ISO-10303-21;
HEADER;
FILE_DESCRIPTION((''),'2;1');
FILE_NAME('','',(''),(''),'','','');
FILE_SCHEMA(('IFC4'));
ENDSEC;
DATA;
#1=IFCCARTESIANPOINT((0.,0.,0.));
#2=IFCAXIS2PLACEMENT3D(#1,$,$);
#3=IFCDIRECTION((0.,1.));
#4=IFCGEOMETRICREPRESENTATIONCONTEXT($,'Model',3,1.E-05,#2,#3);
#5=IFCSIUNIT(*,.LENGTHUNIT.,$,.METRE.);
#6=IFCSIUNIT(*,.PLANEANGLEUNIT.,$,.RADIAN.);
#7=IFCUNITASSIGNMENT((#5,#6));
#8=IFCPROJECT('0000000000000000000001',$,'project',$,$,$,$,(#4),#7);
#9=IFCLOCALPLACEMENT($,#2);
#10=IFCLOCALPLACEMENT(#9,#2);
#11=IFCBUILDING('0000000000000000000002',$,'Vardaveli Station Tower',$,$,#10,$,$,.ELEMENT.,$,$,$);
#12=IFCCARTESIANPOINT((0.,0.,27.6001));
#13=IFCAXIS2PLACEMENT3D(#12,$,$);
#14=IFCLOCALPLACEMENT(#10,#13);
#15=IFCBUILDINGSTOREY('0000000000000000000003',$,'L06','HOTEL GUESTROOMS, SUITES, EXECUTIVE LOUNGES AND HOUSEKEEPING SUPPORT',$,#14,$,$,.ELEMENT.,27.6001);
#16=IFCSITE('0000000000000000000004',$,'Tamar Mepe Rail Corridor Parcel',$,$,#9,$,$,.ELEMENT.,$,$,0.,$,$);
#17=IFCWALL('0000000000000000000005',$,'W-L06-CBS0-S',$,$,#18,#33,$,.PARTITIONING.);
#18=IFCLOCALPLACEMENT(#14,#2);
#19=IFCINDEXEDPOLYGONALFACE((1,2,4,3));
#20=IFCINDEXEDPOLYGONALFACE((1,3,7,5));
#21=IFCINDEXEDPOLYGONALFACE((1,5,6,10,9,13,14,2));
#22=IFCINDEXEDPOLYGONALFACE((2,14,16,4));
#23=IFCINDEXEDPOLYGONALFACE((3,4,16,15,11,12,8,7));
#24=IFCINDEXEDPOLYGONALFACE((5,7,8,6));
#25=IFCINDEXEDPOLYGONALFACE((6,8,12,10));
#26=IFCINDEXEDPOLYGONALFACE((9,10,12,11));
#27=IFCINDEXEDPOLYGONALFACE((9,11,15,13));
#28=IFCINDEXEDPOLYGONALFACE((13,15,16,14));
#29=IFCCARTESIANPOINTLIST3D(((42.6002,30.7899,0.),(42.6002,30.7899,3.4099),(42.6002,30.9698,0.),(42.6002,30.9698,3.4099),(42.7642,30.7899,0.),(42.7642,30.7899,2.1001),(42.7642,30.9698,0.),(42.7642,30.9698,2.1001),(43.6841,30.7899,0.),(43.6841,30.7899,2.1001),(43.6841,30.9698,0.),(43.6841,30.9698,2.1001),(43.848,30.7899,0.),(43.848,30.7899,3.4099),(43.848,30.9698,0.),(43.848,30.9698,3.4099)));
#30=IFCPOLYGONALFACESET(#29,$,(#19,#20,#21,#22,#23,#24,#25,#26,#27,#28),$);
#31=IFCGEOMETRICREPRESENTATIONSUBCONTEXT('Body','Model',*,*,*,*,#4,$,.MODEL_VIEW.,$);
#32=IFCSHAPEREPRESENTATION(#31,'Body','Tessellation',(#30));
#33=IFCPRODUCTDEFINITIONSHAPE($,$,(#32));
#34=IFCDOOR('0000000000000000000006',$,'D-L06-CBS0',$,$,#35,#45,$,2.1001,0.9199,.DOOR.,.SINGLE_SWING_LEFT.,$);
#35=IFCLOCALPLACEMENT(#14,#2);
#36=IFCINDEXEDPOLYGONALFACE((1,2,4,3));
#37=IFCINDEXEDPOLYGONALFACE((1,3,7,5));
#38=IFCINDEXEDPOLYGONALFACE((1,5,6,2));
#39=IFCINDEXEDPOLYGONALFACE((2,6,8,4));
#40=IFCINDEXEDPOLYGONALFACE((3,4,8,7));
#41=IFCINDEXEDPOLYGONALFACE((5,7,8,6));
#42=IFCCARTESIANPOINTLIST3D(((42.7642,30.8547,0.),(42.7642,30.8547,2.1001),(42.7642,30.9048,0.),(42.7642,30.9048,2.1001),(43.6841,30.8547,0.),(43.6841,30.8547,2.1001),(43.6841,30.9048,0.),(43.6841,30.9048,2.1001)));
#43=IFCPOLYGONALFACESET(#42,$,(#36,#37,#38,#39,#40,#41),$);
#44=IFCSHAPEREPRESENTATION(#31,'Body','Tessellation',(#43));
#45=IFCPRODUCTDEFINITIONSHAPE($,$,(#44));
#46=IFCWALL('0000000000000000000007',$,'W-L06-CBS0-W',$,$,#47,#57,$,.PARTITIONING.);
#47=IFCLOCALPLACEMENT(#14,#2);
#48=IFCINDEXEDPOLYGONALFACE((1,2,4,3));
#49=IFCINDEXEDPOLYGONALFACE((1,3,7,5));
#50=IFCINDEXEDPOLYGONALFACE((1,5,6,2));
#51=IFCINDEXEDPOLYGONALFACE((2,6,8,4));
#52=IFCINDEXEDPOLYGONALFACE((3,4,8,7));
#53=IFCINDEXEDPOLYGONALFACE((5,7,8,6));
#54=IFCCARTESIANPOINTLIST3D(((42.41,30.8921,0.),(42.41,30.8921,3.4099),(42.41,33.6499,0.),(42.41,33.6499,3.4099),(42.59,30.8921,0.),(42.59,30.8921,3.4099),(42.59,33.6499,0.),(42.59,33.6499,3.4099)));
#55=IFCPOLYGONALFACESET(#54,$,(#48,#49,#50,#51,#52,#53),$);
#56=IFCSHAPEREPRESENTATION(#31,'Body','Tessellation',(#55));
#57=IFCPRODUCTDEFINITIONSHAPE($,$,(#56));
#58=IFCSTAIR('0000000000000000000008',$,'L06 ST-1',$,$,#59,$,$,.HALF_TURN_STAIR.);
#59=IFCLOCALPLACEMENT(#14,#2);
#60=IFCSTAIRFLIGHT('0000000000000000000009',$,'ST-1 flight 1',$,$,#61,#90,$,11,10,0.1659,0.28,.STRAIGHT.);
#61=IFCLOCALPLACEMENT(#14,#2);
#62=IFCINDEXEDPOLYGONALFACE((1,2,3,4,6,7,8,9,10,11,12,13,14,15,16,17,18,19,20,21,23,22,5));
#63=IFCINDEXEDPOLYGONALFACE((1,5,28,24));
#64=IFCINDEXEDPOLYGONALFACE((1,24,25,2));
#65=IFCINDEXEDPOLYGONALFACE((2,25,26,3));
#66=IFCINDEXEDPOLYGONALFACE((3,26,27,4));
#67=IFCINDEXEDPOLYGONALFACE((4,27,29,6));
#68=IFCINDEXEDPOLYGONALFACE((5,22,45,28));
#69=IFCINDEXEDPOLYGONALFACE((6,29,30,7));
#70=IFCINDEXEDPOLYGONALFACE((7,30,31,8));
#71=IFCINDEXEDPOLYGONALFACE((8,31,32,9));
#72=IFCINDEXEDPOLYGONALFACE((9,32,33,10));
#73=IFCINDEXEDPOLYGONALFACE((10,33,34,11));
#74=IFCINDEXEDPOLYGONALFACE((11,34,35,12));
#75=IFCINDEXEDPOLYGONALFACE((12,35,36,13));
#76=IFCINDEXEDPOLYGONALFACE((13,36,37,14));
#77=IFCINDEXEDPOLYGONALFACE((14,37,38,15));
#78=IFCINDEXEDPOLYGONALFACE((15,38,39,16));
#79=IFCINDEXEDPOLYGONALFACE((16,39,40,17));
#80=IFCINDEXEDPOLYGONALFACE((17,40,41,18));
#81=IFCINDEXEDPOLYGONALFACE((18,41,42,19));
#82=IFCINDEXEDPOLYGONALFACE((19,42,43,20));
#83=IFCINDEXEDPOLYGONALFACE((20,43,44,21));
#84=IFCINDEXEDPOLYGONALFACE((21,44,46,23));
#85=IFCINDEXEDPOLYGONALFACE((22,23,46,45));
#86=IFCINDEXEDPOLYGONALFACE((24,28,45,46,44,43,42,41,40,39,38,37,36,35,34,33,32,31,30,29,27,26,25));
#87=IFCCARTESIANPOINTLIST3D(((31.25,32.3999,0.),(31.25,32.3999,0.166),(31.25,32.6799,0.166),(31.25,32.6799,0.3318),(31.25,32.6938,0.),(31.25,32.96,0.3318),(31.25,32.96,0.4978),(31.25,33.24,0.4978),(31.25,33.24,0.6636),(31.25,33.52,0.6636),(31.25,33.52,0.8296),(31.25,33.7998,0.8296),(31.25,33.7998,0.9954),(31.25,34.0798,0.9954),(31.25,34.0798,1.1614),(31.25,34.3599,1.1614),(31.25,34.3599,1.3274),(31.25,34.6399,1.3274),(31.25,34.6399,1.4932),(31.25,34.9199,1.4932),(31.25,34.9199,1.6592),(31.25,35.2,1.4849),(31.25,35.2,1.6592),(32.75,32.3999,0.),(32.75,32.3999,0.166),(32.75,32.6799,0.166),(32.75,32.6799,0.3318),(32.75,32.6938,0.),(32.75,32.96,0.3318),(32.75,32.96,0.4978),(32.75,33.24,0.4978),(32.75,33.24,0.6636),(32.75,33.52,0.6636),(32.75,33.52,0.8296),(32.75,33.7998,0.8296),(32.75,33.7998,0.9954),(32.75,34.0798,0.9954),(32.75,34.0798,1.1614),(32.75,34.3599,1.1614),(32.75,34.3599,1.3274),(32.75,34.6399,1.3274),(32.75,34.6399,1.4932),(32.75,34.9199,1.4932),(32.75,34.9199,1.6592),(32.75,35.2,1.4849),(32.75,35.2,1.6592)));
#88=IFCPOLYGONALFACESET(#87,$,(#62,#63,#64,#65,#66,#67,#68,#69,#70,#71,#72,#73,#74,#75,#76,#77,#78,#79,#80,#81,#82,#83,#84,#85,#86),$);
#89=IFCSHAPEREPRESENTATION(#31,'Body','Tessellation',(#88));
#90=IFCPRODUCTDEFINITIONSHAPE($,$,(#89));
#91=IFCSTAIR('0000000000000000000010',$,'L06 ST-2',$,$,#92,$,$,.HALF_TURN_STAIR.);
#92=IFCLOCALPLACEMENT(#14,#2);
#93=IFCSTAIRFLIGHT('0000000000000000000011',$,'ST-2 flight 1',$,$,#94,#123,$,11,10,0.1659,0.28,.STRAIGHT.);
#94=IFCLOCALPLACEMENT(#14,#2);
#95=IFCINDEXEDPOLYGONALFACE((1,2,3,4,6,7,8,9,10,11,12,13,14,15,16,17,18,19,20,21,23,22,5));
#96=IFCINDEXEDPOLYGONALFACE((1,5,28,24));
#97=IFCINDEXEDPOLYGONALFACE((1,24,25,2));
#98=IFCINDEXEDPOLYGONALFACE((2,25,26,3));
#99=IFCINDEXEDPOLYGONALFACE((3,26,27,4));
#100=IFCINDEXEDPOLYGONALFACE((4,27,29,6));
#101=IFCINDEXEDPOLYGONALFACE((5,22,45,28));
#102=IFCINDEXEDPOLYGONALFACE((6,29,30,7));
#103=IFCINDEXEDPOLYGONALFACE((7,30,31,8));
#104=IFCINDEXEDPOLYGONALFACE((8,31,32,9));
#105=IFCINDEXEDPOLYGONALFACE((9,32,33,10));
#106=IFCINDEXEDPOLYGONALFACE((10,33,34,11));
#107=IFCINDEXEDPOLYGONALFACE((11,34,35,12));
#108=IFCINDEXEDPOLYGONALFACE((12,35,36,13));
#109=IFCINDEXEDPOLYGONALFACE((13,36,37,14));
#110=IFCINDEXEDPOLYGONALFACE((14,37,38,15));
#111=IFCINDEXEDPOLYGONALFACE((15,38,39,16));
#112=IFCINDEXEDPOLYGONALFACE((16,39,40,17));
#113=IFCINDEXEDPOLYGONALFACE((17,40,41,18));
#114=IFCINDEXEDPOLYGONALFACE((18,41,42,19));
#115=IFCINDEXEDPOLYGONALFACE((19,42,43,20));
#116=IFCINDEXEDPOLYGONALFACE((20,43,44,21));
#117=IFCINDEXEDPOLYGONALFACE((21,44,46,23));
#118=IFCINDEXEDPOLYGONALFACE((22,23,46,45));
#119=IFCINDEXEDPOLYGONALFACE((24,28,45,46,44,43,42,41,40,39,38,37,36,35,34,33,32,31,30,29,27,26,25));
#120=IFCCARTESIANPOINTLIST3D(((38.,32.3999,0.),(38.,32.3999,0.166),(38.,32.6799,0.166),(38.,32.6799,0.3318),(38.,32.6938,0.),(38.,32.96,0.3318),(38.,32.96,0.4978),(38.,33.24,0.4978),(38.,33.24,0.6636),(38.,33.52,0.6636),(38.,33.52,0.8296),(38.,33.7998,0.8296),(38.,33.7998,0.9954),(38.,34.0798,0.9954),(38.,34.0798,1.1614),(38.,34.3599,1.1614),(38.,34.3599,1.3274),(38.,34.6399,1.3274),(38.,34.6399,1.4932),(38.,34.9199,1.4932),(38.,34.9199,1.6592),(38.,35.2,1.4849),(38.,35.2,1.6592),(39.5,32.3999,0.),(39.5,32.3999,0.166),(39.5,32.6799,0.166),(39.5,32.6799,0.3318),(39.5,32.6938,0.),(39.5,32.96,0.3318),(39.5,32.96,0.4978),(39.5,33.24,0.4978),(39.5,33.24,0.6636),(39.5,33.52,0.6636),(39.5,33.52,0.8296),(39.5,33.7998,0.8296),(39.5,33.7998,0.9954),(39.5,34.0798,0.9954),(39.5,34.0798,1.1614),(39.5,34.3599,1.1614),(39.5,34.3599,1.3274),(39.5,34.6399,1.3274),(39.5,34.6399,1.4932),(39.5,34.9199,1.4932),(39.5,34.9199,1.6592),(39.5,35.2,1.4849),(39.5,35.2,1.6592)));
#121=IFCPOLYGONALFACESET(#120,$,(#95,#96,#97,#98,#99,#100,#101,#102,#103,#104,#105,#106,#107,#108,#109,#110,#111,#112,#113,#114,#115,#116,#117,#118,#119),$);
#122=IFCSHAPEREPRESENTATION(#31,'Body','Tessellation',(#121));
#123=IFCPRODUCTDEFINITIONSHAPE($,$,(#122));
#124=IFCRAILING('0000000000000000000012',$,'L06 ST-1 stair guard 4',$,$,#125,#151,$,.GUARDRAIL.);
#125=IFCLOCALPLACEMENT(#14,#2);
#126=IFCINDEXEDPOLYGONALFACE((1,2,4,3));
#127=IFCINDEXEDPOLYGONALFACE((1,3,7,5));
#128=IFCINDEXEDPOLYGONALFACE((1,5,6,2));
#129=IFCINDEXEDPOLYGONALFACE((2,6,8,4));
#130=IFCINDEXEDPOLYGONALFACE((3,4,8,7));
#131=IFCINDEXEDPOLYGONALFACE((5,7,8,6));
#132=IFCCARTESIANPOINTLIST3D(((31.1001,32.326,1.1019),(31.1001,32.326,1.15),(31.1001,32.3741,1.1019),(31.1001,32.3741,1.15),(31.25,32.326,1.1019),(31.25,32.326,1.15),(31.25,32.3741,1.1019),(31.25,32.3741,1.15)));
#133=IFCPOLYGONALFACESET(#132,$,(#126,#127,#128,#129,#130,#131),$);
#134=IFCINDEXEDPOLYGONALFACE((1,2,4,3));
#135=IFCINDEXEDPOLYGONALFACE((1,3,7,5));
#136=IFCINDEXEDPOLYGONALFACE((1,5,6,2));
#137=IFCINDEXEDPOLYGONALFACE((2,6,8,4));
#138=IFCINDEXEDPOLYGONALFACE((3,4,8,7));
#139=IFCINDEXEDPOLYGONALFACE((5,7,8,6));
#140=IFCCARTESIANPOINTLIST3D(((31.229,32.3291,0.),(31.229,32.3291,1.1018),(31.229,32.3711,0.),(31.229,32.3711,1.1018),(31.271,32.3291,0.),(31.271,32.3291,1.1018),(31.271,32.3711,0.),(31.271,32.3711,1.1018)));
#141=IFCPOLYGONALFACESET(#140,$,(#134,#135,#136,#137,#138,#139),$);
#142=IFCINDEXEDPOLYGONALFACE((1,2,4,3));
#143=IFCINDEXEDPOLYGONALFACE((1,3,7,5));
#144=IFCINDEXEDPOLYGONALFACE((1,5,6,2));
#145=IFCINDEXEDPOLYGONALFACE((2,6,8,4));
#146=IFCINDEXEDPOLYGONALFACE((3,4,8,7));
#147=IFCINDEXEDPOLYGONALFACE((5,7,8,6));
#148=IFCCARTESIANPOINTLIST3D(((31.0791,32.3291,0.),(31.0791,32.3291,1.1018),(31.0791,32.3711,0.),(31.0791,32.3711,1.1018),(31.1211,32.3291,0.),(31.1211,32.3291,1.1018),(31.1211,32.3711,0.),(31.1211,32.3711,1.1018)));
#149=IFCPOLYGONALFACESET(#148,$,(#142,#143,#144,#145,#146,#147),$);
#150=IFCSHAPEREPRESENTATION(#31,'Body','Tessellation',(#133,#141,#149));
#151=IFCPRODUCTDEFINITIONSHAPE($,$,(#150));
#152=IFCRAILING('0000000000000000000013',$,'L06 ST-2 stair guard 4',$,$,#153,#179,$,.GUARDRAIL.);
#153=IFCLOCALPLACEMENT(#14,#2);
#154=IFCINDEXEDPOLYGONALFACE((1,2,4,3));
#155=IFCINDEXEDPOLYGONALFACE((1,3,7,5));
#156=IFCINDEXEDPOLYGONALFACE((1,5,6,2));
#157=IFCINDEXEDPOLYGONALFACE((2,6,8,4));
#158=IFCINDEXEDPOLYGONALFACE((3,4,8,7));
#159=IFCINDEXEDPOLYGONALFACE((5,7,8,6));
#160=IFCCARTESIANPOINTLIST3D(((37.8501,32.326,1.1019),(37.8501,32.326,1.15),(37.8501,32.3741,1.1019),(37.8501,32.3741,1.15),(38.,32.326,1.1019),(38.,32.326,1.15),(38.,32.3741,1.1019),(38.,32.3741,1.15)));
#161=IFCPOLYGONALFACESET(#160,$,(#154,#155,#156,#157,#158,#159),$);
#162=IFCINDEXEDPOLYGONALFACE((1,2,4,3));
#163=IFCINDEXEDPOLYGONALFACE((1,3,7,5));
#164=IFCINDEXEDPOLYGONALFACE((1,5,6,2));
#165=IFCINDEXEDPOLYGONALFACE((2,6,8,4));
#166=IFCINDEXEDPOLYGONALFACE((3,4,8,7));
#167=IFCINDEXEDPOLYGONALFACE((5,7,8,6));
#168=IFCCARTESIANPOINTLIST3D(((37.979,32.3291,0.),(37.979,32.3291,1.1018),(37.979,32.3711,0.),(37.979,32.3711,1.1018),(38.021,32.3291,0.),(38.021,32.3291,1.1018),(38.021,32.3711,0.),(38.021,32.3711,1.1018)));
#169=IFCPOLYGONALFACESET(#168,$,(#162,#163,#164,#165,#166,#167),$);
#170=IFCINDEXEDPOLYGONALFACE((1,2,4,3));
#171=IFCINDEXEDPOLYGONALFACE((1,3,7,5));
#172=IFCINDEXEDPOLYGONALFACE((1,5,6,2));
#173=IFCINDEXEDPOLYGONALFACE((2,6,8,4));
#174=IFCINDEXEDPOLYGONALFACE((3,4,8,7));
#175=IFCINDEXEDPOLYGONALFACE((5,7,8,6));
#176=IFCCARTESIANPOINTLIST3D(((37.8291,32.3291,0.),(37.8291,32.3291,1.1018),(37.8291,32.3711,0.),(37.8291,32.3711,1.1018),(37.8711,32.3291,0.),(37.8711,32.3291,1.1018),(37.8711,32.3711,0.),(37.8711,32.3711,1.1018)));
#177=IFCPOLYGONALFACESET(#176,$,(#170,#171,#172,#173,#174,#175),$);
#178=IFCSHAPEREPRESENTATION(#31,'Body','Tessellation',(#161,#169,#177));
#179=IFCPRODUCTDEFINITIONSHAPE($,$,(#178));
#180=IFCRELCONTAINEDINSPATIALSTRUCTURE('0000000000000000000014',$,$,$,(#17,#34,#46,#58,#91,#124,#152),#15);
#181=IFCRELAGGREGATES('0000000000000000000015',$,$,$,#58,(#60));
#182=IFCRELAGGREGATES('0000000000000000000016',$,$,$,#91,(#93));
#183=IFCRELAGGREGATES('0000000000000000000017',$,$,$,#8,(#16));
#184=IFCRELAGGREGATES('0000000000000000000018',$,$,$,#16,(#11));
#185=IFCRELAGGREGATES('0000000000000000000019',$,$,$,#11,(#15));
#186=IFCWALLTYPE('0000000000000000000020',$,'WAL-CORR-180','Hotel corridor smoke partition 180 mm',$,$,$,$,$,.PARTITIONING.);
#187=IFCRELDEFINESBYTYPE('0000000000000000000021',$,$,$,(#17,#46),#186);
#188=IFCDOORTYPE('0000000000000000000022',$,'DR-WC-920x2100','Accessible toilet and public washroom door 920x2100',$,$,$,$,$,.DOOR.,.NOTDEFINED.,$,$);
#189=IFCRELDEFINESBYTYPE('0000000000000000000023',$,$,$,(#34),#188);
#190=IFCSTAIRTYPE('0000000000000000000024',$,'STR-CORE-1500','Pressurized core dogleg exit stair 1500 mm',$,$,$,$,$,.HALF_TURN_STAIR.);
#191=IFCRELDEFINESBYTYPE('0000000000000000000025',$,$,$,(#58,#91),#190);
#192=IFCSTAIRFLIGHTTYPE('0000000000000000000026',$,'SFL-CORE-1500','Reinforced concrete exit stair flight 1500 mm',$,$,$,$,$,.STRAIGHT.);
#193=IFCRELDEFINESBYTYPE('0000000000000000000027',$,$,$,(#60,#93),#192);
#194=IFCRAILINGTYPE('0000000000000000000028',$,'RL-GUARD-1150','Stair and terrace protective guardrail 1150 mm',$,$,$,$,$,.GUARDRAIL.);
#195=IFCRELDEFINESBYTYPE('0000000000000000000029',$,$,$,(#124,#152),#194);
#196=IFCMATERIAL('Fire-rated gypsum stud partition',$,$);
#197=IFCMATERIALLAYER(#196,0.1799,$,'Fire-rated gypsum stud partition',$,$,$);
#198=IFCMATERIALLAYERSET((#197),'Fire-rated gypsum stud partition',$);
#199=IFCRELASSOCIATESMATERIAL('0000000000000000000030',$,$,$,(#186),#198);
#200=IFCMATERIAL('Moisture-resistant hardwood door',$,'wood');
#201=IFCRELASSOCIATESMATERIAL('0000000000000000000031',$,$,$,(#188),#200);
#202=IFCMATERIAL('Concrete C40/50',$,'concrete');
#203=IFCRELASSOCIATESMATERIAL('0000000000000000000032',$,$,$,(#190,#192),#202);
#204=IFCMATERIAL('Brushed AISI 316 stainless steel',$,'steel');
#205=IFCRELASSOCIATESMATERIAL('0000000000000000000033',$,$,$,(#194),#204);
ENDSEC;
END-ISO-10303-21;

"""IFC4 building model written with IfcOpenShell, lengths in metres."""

from ifc_helpers import new_model, si_unit, direction, frame, frame_2d, origin, origin_2d, place, context, subcontext, project, spatial, polyline, rectangle, outline, extrude, source, transform, mapped, material, layer, layer_set, type_object, element, fill, aggregate, save


model = new_model("IFC4")

# Units and contexts
model_context = context("Model", 3, precision=1e-05, world=origin(), true_north=direction((0.0, 1.0)))
body_context = subcontext(model_context, "Body", "Model", "MODEL_VIEW")
ifc_project = project(units=[si_unit("LENGTHUNIT", "METRE"), si_unit("PLANEANGLEUNIT", "RADIAN")], contexts=[model_context])

# Site, building, storey
site_placement = place(None, origin())
site = spatial("IfcSite", under=ifc_project, at=site_placement, Name="Tamar Mepe Rail Corridor Parcel", CompositionType="ELEMENT", RefElevation=0.0)
building_placement = place(site_placement, origin())
building = spatial("IfcBuilding", under=site, at=building_placement, Name="Vardaveli Station Tower", CompositionType="ELEMENT")
storey_placement = place(building_placement, frame((0.0, 0.0, 27.6001)))
storey = spatial("IfcBuildingStorey", under=building, at=storey_placement, Name="L06", Description="HOTEL GUESTROOMS, SUITES, EXECUTIVE LOUNGES AND HOUSEKEEPING SUPPORT", CompositionType="ELEMENT", Elevation=27.6001)

# Shared definitions
ifc_material_1 = material(Name="Concrete C40/50", Category="concrete")

# Wall, opening, door
ifc_material_2 = material(Name="Fire-rated gypsum stud partition")
ifc_layer_1 = layer(ifc_material_2, 0.1799, Name="Fire-rated gypsum stud partition")
ifc_layer_set_1 = layer_set([ifc_layer_1], Name="Fire-rated gypsum stud partition")
wall_type_1 = type_object("IfcWallType", Name="WAL-CORR-180", Description="Hotel corridor smoke partition 180 mm", PredefinedType="PARTITIONING", material=ifc_layer_set_1)
ifc_material_3 = material(Name="Moisture-resistant hardwood door", Category="wood")
door_type_1 = type_object("IfcDoorType", Name="DR-WC-920x2100", Description="Accessible toilet and public washroom door 920x2100", OperationType="NOTDEFINED", PredefinedType="DOOR", material=ifc_material_3)
shared_shape_1 = source(origin(), body_context, "Body", "SweptSolid", [
    extrude(rectangle(XDim=0.9199, YDim=2.1001, at=frame_2d((0.46, 1.05))), frame((0.0, 0.0249, 0.0), z_axis=(0.0, -1.0, 0.0), x_axis=(1.0, 0.0, 0.0)), (0.0, 0.0, 1.0), 0.05),
])
shared_shape_2 = source(origin(), body_context, "Body", "SweptSolid", [
    extrude(rectangle(XDim=1.2478, YDim=0.1799, at=frame_2d((0.624, 0.0))), origin(), (0.0, 0.0, 1.0), 3.4099),
])
wall_1_placement = place(storey_placement, frame((42.6001, 30.8799, 0.0), z_axis=(0.0, 0.0, 1.0), x_axis=(1.0, 0.0, 0.0)))
wall_1 = element("IfcWall", 1, at=wall_1_placement, inside=storey, type_object=wall_type_1, Name="W-L06-CBS0-S", PredefinedType="PARTITIONING", context=body_context, shape_type="MappedRepresentation", body=[
    mapped(shared_shape_2, transform((0.0, 0.0, 0.0), scale=1.0)),
])
shared_shape_3 = source(origin(), body_context, "Body", "SweptSolid", [
    extrude(rectangle(XDim=0.9199, YDim=2.1001, at=frame_2d((0.46, 1.05))), frame((0.0, 0.1001, 0.0), z_axis=(0.0, -1.0, 0.0), x_axis=(1.0, 0.0, 0.0)), (0.0, 0.0, 1.0), 0.2),
])
opening_1_placement = place(wall_1_placement, frame((0.1641, 0.0, 0.0)))
opening_1 = element("IfcOpeningElement", 2, at=opening_1_placement, cuts=wall_1, PredefinedType="OPENING", context=body_context, shape_type="MappedRepresentation", body=[
    mapped(shared_shape_3, transform((0.0, 0.0, 0.0), scale=1.0)),
])
door_1_placement = place(opening_1_placement, origin())
door_1 = element("IfcDoor", 3, at=door_1_placement, inside=storey, type_object=door_type_1, Name="D-L06-CBS0", OperationType="SINGLE_SWING_LEFT", OverallHeight=2.1001, OverallWidth=0.9199, PredefinedType="DOOR", context=body_context, shape_type="MappedRepresentation", body=[
    mapped(shared_shape_1, transform((0.0, 0.0, 0.0), scale=1.0)),
])
fill(opening_1, door_1)

# Wall
shared_shape_4 = source(origin(), body_context, "Body", "SweptSolid", [
    extrude(rectangle(XDim=2.7578, YDim=0.1799, at=frame_2d((1.3789, 0.0))), origin(), (0.0, 0.0, 1.0), 3.4099),
])
wall_2_placement = place(storey_placement, frame((42.5, 30.8921, 0.0), z_axis=(0.0, 0.0, 1.0), x_axis=(0.0, 1.0, 0.0)))
element("IfcWall", 4, at=wall_2_placement, inside=storey, type_object=wall_type_1, Name="W-L06-CBS0-W", PredefinedType="PARTITIONING", context=body_context, shape_type="MappedRepresentation", body=[
    mapped(shared_shape_4, transform((0.0, 0.0, 0.0), scale=1.0)),
])

# Stairs, stair flights
stair_type = type_object("IfcStairType", Name="STR-CORE-1500", Description="Pressurized core dogleg exit stair 1500 mm", PredefinedType="HALF_TURN_STAIR", material=ifc_material_1)
stair_1_placement = place(storey_placement, origin())
stair_1 = element("IfcStair", 5, at=stair_1_placement, inside=storey, type_object=stair_type, Name="L06 ST-1", PredefinedType="HALF_TURN_STAIR")
stair_flight_type = type_object("IfcStairFlightType", Name="SFL-CORE-1500", Description="Reinforced concrete exit stair flight 1500 mm", PredefinedType="STRAIGHT", material=ifc_material_1)
shared_shape_5 = source(origin(), body_context, "Body", "SweptSolid", [
    extrude(outline(polyline([(0.0, 0.0), (0.0, 0.166), (0.28, 0.166), (0.28, 0.3318), (0.5601, 0.3318), (0.5601, 0.4978), (0.8401, 0.4978), (0.8401, 0.6636), (1.1201, 0.6636), (1.1201, 0.8296), (1.3999, 0.8296), (1.3999, 0.9954), (1.6799, 0.9954), (1.6799, 1.1614), (1.96, 1.1614), (1.96, 1.3274), (2.24, 1.3274), (2.24, 1.4932), (2.52, 1.4932), (2.52, 1.6592), (2.8, 1.6592), (2.8, 1.825), (2.8, 1.4849), (0.2939, 0.0), (0.0, 0.0)])), frame((0.0, 0.75, 0.0), z_axis=(0.0, -1.0, 0.0), x_axis=(1.0, 0.0, 0.0)), (0.0, 0.0, 1.0), 1.5),
])
stair_flight_1_placement = place(storey_placement, frame((32.0, 32.3999, 0.0), z_axis=(0.0, 0.0, 1.0), x_axis=(0.0, 1.0, 0.0)))
stair_flight_1 = element("IfcStairFlight", 6, at=stair_flight_1_placement, type_object=stair_flight_type, Name="ST-1 flight 1", NumberOfRisers=11, NumberOfTreads=10, PredefinedType="STRAIGHT", RiserHeight=0.1659, TreadLength=0.28, context=body_context, shape_type="MappedRepresentation", body=[
    mapped(shared_shape_5, transform((0.0, 0.0, 0.0), scale=1.0)),
])
aggregate(stair_1, [stair_flight_1])
stair_2_placement = place(storey_placement, origin())
stair_2 = element("IfcStair", 7, at=stair_2_placement, inside=storey, type_object=stair_type, Name="L06 ST-2", PredefinedType="HALF_TURN_STAIR")
stair_flight_2_placement = place(storey_placement, frame((38.75, 32.3999, 0.0), z_axis=(0.0, 0.0, 1.0), x_axis=(0.0, 1.0, 0.0)))
stair_flight_2 = element("IfcStairFlight", 8, at=stair_flight_2_placement, type_object=stair_flight_type, Name="ST-2 flight 1", NumberOfRisers=11, NumberOfTreads=10, PredefinedType="STRAIGHT", RiserHeight=0.1659, TreadLength=0.28, context=body_context, shape_type="MappedRepresentation", body=[
    mapped(shared_shape_5, transform((0.0, 0.0, 0.0), scale=1.0)),
])
aggregate(stair_2, [stair_flight_2])

# Railings
ifc_material_4 = material(Name="Brushed AISI 316 stainless steel", Category="steel")
railing_type_1 = type_object("IfcRailingType", Name="RL-GUARD-1150", Description="Stair and terrace protective guardrail 1150 mm", PredefinedType="GUARDRAIL", material=ifc_material_4)
shared_shape_6 = source(origin(), body_context, "Body", "SweptSolid", [
    extrude(rectangle(XDim=0.0481, YDim=0.0481, at=origin_2d()), frame((0.0, 0.0, 1.126), z_axis=(-1.0, 0.0, 0.0), x_axis=(0.0, -1.0, 0.0)), (0.0, 0.0, 1.0), 0.1499),
    extrude(rectangle(XDim=0.042, YDim=0.042, at=origin_2d()), origin(), (0.0, 0.0, 1.0), 1.1018),
    extrude(rectangle(XDim=0.042, YDim=0.042, at=origin_2d()), frame((-0.1499, 0.0, 0.0)), (0.0, 0.0, 1.0), 1.1018),
])
for number, where, name in (
    (9, (31.25, 32.3501, 0.0), "L06 ST-1 stair guard 4"),
    (10, (38.0, 32.3501, 0.0), "L06 ST-2 stair guard 4"),
):
    element("IfcRailing", number, at=place(storey_placement, frame(where)), inside=storey, type_object=railing_type_1, Name=name, PredefinedType="GUARDRAIL", context=body_context, shape_type="MappedRepresentation", body=[
        mapped(shared_shape_6, transform((0.0, 0.0, 0.0), scale=1.0)),
    ])

save(model, "model.ifc")
